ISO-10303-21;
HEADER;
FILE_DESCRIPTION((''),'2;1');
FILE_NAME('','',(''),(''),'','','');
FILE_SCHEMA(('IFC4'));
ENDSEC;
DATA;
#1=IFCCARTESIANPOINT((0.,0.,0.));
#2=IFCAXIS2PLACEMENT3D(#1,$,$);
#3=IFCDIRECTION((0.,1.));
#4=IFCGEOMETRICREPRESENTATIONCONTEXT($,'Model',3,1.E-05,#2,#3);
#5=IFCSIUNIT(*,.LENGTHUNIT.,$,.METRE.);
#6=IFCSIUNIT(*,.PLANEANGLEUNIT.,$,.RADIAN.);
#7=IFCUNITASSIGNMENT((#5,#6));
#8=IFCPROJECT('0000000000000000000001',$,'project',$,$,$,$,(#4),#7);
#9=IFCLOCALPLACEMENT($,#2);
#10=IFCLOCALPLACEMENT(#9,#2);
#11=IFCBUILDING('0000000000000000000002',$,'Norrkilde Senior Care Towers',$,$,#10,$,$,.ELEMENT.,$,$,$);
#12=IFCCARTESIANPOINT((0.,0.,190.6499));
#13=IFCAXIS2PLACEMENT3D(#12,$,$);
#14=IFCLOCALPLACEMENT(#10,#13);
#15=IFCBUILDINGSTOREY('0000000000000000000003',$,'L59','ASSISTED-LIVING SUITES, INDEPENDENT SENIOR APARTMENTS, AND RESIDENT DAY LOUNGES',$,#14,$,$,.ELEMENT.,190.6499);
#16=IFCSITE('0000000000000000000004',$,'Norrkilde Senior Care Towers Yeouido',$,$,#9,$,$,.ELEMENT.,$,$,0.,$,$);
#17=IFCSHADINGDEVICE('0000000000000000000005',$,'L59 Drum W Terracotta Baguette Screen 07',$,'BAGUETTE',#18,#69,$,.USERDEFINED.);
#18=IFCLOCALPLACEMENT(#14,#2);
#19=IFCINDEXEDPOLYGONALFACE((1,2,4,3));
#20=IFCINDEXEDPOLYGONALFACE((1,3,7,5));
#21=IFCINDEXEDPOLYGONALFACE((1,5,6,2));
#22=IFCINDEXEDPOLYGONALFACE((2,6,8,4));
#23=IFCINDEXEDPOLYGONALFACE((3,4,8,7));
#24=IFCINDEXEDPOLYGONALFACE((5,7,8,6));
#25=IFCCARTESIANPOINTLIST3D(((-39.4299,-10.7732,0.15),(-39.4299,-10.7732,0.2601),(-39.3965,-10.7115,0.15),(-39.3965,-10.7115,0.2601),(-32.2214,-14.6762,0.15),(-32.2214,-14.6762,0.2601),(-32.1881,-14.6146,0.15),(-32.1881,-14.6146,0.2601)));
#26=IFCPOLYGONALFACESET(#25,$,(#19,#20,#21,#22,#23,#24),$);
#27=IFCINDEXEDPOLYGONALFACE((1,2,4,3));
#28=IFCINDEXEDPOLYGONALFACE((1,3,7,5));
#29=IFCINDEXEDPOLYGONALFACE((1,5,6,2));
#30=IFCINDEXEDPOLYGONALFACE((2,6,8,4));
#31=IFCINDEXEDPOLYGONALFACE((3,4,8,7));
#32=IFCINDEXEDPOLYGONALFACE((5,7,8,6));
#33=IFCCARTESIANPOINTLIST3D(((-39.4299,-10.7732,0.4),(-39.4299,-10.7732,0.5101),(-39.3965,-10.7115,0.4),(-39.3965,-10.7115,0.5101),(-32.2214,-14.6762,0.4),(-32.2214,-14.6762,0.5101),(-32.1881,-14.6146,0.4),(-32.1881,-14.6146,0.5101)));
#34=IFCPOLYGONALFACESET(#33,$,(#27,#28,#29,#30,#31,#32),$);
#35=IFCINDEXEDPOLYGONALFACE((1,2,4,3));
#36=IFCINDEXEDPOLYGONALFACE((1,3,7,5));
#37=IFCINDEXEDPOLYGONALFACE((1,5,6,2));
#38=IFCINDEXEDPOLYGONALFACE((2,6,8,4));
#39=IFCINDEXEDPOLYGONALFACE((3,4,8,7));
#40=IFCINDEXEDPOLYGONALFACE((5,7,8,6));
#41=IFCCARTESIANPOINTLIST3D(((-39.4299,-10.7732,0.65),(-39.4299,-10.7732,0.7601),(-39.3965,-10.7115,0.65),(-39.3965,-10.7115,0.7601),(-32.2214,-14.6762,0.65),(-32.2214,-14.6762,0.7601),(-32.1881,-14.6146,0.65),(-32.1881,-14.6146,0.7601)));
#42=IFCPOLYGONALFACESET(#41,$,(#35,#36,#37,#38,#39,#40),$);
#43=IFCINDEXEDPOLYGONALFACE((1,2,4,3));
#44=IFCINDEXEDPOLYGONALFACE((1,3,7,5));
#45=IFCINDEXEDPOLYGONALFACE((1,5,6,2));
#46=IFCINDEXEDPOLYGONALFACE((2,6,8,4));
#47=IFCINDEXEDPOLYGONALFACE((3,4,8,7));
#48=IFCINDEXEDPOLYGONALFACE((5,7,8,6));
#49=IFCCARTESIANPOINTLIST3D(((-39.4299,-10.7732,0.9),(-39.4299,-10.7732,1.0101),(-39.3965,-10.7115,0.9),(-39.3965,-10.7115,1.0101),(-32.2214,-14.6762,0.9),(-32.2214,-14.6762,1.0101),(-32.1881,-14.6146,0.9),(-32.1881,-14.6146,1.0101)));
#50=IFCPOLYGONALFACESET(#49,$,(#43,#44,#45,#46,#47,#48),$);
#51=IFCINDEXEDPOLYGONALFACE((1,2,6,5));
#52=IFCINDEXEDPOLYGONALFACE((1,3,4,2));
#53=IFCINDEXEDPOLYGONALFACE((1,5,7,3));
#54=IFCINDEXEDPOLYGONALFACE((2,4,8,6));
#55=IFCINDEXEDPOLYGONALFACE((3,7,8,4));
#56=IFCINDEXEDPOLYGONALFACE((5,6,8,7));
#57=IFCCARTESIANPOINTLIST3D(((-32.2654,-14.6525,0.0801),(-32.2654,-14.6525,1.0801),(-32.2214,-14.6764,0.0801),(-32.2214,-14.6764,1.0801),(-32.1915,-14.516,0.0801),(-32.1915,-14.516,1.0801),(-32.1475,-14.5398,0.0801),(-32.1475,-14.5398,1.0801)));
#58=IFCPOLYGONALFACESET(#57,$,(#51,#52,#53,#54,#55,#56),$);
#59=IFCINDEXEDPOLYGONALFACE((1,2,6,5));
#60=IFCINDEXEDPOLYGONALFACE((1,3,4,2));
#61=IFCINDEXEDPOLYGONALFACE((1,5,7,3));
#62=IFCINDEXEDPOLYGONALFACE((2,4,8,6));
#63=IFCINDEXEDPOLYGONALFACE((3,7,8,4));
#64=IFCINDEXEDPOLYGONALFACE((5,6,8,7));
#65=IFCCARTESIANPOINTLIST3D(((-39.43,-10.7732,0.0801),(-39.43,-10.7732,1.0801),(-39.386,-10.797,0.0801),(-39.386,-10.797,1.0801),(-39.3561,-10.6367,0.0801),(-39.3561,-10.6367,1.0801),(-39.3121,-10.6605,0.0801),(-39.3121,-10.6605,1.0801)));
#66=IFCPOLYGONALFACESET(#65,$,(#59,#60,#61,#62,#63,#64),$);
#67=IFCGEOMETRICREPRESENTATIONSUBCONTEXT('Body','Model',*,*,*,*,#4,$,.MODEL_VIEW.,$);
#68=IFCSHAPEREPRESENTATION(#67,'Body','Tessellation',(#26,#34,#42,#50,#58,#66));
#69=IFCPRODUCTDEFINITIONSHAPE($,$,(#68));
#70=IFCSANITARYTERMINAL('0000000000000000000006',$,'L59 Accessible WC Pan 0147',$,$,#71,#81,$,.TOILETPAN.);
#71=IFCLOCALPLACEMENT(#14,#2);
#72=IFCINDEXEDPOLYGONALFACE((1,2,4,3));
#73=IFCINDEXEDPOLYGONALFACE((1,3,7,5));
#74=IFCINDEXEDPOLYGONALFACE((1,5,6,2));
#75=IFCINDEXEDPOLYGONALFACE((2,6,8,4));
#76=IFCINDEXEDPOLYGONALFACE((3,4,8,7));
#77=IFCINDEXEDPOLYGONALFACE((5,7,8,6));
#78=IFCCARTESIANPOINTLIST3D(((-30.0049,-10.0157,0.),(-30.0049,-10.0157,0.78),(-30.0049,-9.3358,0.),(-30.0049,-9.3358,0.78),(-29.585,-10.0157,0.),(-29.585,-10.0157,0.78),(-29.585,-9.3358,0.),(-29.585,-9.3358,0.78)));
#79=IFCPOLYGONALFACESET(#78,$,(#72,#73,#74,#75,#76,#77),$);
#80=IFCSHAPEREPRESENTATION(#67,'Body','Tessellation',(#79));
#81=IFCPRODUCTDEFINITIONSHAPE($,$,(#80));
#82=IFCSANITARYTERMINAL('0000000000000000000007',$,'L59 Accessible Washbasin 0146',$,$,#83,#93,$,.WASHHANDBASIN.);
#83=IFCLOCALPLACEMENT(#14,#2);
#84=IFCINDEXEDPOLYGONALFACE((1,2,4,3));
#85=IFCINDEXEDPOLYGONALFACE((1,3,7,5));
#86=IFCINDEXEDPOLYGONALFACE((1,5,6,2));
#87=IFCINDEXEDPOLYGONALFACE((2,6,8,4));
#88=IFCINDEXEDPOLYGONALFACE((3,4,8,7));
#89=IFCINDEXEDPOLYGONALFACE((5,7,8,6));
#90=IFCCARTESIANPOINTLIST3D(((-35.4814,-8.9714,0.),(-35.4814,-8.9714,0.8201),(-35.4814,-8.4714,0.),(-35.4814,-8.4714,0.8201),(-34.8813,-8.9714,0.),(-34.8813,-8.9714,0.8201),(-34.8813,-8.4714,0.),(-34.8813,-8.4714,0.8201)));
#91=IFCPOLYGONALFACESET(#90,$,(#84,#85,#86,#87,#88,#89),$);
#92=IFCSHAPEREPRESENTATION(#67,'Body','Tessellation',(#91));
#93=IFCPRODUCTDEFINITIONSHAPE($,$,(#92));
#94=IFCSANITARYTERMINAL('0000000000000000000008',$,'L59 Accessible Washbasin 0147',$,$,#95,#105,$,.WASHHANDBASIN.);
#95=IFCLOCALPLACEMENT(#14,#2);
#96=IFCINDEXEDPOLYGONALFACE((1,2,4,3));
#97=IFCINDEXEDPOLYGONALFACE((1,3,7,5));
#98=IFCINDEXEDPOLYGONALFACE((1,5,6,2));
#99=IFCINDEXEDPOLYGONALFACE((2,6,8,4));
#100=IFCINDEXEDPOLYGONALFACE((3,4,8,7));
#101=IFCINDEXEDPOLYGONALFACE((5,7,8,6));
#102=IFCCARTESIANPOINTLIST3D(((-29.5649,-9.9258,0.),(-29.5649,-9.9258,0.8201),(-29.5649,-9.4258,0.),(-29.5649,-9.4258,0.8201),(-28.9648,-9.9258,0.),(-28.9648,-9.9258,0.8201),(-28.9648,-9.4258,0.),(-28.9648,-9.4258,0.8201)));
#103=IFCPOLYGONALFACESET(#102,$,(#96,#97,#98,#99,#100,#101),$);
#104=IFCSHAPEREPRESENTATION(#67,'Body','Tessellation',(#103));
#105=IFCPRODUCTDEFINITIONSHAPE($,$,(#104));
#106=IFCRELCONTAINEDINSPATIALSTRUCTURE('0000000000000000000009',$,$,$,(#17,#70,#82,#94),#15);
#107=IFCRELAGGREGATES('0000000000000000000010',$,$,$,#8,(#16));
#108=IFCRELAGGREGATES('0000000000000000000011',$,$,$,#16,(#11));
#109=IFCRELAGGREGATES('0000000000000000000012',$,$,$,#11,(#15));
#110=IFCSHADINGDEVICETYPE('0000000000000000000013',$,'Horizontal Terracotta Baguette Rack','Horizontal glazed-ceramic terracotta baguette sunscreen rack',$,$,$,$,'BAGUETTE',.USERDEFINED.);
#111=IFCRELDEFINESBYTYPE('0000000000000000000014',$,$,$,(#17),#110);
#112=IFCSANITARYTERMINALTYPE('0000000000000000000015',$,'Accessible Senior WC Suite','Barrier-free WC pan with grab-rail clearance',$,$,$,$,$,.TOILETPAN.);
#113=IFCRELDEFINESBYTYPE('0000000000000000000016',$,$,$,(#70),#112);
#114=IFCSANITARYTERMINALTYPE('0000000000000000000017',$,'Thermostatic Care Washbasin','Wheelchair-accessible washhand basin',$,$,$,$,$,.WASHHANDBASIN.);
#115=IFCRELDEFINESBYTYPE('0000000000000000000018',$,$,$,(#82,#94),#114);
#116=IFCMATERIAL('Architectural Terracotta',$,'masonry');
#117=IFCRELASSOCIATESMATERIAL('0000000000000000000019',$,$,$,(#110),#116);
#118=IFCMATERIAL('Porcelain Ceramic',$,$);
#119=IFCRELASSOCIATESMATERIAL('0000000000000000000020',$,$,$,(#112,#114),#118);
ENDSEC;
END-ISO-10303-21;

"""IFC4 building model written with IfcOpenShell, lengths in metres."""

from ifc_helpers import new_model, si_unit, direction, frame, origin, origin_2d, place, context, subcontext, project, spatial, rectangle, extrude, source, transform, mapped, material, type_object, type_shapes, element, save


model = new_model("IFC4")

# Units and contexts
model_context = context("Model", 3, precision=1e-05, world=origin(), true_north=direction((0.0, 1.0)))
body_context = subcontext(model_context, "Body", "Model", "MODEL_VIEW")
ifc_project = project(units=[si_unit("LENGTHUNIT", "METRE"), si_unit("PLANEANGLEUNIT", "RADIAN")], contexts=[model_context])

# Site, building, storey
site_placement = place(None, origin())
site = spatial("IfcSite", under=ifc_project, at=site_placement, Name="Norrkilde Senior Care Towers Yeouido", CompositionType="ELEMENT", RefElevation=0.0)
building_placement = place(site_placement, origin())
building = spatial("IfcBuilding", under=site, at=building_placement, Name="Norrkilde Senior Care Towers", CompositionType="ELEMENT")
storey_placement = place(building_placement, frame((0.0, 0.0, 190.6499)))
storey = spatial("IfcBuildingStorey", under=building, at=storey_placement, Name="L59", Description="ASSISTED-LIVING SUITES, INDEPENDENT SENIOR APARTMENTS, AND RESIDENT DAY LOUNGES", CompositionType="ELEMENT", Elevation=190.6499)

# Shading device
ifc_material_1 = material(Name="Architectural Terracotta", Category="masonry")
shading_device_type = type_object("IfcShadingDeviceType", Name="Horizontal Terracotta Baguette Rack", Description="Horizontal glazed-ceramic terracotta baguette sunscreen rack", ElementType="BAGUETTE", PredefinedType="USERDEFINED", material=ifc_material_1)
shared_shape_1 = source(origin(), body_context, "Body", "SweptSolid", [
    extrude(rectangle(XDim=0.0701, YDim=0.1101, at=origin_2d()), frame((0.0, 0.0901, 0.125), z_axis=(1.0, 0.0, 0.0), x_axis=(0.0, 1.0, 0.0)), (0.0, 0.0, 1.0), 8.1973),
    extrude(rectangle(XDim=0.0701, YDim=0.1101, at=origin_2d()), frame((0.0, 0.0901, 0.375), z_axis=(1.0, 0.0, 0.0), x_axis=(0.0, 1.0, 0.0)), (0.0, 0.0, 1.0), 8.1973),
    extrude(rectangle(XDim=0.0701, YDim=0.1101, at=origin_2d()), frame((0.0, 0.0901, 0.625), z_axis=(1.0, 0.0, 0.0), x_axis=(0.0, 1.0, 0.0)), (0.0, 0.0, 1.0), 8.1973),
    extrude(rectangle(XDim=0.0701, YDim=0.1101, at=origin_2d()), frame((0.0, 0.0901, 0.875), z_axis=(1.0, 0.0, 0.0), x_axis=(0.0, 1.0, 0.0)), (0.0, 0.0, 1.0), 8.1973),
    extrude(rectangle(XDim=0.05, YDim=0.1553, at=origin_2d()), frame((0.0249, 0.0476, 0.0)), (0.0, 0.0, 1.0), 1.0),
    extrude(rectangle(XDim=0.05, YDim=0.1553, at=origin_2d()), frame((8.1724, 0.0476, 0.0)), (0.0, 0.0, 1.0), 1.0),
])
type_shapes(shading_device_type, [shared_shape_1])
shading_device_placement = place(storey_placement, frame((-32.1619, -14.5662, 0.0801), z_axis=(0.0, 0.0, 1.0), x_axis=(-0.879378, 0.476144, 0.0)))
element("IfcShadingDevice", 1, at=shading_device_placement, inside=storey, type_object=shading_device_type, Name="L59 Drum W Terracotta Baguette Screen 07", ObjectType="BAGUETTE", PredefinedType="USERDEFINED", context=body_context, shape_type="MappedRepresentation", body=[
    mapped(shared_shape_1, transform((0.0, 0.0, 0.0), x_axis=(1.0, 0.0, 0.0), y_axis=(0.0, 1.0, 0.0), z_axis=(0.0, 0.0, 1.0), scale=1.0)),
])

# Sanitary terminals
ifc_material_2 = material(Name="Porcelain Ceramic")
sanitary_terminal_type_1 = type_object("IfcSanitaryTerminalType", Name="Accessible Senior WC Suite", Description="Barrier-free WC pan with grab-rail clearance", PredefinedType="TOILETPAN", material=ifc_material_2)
shared_shape_2 = source(origin(), body_context, "Body", "SweptSolid", [
    extrude(rectangle(XDim=0.4199, YDim=0.6799, at=origin_2d()), origin(), (0.0, 0.0, 1.0), 0.78),
])
type_shapes(sanitary_terminal_type_1, [shared_shape_2])
sanitary_terminal_placement = place(storey_placement, frame((-29.7949, -9.6758, 0.0), z_axis=(0.0, 0.0, 1.0), x_axis=(1.0, 0.0, 0.0)))
element("IfcSanitaryTerminal", 2, at=sanitary_terminal_placement, inside=storey, type_object=sanitary_terminal_type_1, Name="L59 Accessible WC Pan 0147", PredefinedType="TOILETPAN", context=body_context, shape_type="MappedRepresentation", body=[
    mapped(shared_shape_2, transform((0.0, 0.0, 0.0), x_axis=(1.0, 0.0, 0.0), y_axis=(0.0, 1.0, 0.0), z_axis=(0.0, 0.0, 1.0), scale=1.0)),
])
sanitary_terminal_type_2 = type_object("IfcSanitaryTerminalType", Name="Thermostatic Care Washbasin", Description="Wheelchair-accessible washhand basin", PredefinedType="WASHHANDBASIN", material=ifc_material_2)
shared_shape_3 = source(origin(), body_context, "Body", "SweptSolid", [
    extrude(rectangle(XDim=0.6001, YDim=0.5, at=origin_2d()), origin(), (0.0, 0.0, 1.0), 0.8201),
])
type_shapes(sanitary_terminal_type_2, [shared_shape_3])
for number, where, z_axis, x_axis, name in (
    (3, (-35.1814, -8.7214, 0.0), (0.0, 0.0, 1.0), (1.0, 0.0, 0.0), "L59 Accessible Washbasin 0146"),
    (4, (-29.2649, -9.6758, 0.0), (0.0, 0.0, 1.0), (1.0, 0.0, 0.0), "L59 Accessible Washbasin 0147"),
):
    element("IfcSanitaryTerminal", number, at=place(storey_placement, frame(where, z_axis=z_axis, x_axis=x_axis)), inside=storey, type_object=sanitary_terminal_type_2, Name=name, PredefinedType="WASHHANDBASIN", context=body_context, shape_type="MappedRepresentation", body=[
        mapped(shared_shape_3, transform((0.0, 0.0, 0.0), x_axis=(1.0, 0.0, 0.0), y_axis=(0.0, 1.0, 0.0), z_axis=(0.0, 0.0, 1.0), scale=1.0)),
    ])

save(model, "model.ifc")
